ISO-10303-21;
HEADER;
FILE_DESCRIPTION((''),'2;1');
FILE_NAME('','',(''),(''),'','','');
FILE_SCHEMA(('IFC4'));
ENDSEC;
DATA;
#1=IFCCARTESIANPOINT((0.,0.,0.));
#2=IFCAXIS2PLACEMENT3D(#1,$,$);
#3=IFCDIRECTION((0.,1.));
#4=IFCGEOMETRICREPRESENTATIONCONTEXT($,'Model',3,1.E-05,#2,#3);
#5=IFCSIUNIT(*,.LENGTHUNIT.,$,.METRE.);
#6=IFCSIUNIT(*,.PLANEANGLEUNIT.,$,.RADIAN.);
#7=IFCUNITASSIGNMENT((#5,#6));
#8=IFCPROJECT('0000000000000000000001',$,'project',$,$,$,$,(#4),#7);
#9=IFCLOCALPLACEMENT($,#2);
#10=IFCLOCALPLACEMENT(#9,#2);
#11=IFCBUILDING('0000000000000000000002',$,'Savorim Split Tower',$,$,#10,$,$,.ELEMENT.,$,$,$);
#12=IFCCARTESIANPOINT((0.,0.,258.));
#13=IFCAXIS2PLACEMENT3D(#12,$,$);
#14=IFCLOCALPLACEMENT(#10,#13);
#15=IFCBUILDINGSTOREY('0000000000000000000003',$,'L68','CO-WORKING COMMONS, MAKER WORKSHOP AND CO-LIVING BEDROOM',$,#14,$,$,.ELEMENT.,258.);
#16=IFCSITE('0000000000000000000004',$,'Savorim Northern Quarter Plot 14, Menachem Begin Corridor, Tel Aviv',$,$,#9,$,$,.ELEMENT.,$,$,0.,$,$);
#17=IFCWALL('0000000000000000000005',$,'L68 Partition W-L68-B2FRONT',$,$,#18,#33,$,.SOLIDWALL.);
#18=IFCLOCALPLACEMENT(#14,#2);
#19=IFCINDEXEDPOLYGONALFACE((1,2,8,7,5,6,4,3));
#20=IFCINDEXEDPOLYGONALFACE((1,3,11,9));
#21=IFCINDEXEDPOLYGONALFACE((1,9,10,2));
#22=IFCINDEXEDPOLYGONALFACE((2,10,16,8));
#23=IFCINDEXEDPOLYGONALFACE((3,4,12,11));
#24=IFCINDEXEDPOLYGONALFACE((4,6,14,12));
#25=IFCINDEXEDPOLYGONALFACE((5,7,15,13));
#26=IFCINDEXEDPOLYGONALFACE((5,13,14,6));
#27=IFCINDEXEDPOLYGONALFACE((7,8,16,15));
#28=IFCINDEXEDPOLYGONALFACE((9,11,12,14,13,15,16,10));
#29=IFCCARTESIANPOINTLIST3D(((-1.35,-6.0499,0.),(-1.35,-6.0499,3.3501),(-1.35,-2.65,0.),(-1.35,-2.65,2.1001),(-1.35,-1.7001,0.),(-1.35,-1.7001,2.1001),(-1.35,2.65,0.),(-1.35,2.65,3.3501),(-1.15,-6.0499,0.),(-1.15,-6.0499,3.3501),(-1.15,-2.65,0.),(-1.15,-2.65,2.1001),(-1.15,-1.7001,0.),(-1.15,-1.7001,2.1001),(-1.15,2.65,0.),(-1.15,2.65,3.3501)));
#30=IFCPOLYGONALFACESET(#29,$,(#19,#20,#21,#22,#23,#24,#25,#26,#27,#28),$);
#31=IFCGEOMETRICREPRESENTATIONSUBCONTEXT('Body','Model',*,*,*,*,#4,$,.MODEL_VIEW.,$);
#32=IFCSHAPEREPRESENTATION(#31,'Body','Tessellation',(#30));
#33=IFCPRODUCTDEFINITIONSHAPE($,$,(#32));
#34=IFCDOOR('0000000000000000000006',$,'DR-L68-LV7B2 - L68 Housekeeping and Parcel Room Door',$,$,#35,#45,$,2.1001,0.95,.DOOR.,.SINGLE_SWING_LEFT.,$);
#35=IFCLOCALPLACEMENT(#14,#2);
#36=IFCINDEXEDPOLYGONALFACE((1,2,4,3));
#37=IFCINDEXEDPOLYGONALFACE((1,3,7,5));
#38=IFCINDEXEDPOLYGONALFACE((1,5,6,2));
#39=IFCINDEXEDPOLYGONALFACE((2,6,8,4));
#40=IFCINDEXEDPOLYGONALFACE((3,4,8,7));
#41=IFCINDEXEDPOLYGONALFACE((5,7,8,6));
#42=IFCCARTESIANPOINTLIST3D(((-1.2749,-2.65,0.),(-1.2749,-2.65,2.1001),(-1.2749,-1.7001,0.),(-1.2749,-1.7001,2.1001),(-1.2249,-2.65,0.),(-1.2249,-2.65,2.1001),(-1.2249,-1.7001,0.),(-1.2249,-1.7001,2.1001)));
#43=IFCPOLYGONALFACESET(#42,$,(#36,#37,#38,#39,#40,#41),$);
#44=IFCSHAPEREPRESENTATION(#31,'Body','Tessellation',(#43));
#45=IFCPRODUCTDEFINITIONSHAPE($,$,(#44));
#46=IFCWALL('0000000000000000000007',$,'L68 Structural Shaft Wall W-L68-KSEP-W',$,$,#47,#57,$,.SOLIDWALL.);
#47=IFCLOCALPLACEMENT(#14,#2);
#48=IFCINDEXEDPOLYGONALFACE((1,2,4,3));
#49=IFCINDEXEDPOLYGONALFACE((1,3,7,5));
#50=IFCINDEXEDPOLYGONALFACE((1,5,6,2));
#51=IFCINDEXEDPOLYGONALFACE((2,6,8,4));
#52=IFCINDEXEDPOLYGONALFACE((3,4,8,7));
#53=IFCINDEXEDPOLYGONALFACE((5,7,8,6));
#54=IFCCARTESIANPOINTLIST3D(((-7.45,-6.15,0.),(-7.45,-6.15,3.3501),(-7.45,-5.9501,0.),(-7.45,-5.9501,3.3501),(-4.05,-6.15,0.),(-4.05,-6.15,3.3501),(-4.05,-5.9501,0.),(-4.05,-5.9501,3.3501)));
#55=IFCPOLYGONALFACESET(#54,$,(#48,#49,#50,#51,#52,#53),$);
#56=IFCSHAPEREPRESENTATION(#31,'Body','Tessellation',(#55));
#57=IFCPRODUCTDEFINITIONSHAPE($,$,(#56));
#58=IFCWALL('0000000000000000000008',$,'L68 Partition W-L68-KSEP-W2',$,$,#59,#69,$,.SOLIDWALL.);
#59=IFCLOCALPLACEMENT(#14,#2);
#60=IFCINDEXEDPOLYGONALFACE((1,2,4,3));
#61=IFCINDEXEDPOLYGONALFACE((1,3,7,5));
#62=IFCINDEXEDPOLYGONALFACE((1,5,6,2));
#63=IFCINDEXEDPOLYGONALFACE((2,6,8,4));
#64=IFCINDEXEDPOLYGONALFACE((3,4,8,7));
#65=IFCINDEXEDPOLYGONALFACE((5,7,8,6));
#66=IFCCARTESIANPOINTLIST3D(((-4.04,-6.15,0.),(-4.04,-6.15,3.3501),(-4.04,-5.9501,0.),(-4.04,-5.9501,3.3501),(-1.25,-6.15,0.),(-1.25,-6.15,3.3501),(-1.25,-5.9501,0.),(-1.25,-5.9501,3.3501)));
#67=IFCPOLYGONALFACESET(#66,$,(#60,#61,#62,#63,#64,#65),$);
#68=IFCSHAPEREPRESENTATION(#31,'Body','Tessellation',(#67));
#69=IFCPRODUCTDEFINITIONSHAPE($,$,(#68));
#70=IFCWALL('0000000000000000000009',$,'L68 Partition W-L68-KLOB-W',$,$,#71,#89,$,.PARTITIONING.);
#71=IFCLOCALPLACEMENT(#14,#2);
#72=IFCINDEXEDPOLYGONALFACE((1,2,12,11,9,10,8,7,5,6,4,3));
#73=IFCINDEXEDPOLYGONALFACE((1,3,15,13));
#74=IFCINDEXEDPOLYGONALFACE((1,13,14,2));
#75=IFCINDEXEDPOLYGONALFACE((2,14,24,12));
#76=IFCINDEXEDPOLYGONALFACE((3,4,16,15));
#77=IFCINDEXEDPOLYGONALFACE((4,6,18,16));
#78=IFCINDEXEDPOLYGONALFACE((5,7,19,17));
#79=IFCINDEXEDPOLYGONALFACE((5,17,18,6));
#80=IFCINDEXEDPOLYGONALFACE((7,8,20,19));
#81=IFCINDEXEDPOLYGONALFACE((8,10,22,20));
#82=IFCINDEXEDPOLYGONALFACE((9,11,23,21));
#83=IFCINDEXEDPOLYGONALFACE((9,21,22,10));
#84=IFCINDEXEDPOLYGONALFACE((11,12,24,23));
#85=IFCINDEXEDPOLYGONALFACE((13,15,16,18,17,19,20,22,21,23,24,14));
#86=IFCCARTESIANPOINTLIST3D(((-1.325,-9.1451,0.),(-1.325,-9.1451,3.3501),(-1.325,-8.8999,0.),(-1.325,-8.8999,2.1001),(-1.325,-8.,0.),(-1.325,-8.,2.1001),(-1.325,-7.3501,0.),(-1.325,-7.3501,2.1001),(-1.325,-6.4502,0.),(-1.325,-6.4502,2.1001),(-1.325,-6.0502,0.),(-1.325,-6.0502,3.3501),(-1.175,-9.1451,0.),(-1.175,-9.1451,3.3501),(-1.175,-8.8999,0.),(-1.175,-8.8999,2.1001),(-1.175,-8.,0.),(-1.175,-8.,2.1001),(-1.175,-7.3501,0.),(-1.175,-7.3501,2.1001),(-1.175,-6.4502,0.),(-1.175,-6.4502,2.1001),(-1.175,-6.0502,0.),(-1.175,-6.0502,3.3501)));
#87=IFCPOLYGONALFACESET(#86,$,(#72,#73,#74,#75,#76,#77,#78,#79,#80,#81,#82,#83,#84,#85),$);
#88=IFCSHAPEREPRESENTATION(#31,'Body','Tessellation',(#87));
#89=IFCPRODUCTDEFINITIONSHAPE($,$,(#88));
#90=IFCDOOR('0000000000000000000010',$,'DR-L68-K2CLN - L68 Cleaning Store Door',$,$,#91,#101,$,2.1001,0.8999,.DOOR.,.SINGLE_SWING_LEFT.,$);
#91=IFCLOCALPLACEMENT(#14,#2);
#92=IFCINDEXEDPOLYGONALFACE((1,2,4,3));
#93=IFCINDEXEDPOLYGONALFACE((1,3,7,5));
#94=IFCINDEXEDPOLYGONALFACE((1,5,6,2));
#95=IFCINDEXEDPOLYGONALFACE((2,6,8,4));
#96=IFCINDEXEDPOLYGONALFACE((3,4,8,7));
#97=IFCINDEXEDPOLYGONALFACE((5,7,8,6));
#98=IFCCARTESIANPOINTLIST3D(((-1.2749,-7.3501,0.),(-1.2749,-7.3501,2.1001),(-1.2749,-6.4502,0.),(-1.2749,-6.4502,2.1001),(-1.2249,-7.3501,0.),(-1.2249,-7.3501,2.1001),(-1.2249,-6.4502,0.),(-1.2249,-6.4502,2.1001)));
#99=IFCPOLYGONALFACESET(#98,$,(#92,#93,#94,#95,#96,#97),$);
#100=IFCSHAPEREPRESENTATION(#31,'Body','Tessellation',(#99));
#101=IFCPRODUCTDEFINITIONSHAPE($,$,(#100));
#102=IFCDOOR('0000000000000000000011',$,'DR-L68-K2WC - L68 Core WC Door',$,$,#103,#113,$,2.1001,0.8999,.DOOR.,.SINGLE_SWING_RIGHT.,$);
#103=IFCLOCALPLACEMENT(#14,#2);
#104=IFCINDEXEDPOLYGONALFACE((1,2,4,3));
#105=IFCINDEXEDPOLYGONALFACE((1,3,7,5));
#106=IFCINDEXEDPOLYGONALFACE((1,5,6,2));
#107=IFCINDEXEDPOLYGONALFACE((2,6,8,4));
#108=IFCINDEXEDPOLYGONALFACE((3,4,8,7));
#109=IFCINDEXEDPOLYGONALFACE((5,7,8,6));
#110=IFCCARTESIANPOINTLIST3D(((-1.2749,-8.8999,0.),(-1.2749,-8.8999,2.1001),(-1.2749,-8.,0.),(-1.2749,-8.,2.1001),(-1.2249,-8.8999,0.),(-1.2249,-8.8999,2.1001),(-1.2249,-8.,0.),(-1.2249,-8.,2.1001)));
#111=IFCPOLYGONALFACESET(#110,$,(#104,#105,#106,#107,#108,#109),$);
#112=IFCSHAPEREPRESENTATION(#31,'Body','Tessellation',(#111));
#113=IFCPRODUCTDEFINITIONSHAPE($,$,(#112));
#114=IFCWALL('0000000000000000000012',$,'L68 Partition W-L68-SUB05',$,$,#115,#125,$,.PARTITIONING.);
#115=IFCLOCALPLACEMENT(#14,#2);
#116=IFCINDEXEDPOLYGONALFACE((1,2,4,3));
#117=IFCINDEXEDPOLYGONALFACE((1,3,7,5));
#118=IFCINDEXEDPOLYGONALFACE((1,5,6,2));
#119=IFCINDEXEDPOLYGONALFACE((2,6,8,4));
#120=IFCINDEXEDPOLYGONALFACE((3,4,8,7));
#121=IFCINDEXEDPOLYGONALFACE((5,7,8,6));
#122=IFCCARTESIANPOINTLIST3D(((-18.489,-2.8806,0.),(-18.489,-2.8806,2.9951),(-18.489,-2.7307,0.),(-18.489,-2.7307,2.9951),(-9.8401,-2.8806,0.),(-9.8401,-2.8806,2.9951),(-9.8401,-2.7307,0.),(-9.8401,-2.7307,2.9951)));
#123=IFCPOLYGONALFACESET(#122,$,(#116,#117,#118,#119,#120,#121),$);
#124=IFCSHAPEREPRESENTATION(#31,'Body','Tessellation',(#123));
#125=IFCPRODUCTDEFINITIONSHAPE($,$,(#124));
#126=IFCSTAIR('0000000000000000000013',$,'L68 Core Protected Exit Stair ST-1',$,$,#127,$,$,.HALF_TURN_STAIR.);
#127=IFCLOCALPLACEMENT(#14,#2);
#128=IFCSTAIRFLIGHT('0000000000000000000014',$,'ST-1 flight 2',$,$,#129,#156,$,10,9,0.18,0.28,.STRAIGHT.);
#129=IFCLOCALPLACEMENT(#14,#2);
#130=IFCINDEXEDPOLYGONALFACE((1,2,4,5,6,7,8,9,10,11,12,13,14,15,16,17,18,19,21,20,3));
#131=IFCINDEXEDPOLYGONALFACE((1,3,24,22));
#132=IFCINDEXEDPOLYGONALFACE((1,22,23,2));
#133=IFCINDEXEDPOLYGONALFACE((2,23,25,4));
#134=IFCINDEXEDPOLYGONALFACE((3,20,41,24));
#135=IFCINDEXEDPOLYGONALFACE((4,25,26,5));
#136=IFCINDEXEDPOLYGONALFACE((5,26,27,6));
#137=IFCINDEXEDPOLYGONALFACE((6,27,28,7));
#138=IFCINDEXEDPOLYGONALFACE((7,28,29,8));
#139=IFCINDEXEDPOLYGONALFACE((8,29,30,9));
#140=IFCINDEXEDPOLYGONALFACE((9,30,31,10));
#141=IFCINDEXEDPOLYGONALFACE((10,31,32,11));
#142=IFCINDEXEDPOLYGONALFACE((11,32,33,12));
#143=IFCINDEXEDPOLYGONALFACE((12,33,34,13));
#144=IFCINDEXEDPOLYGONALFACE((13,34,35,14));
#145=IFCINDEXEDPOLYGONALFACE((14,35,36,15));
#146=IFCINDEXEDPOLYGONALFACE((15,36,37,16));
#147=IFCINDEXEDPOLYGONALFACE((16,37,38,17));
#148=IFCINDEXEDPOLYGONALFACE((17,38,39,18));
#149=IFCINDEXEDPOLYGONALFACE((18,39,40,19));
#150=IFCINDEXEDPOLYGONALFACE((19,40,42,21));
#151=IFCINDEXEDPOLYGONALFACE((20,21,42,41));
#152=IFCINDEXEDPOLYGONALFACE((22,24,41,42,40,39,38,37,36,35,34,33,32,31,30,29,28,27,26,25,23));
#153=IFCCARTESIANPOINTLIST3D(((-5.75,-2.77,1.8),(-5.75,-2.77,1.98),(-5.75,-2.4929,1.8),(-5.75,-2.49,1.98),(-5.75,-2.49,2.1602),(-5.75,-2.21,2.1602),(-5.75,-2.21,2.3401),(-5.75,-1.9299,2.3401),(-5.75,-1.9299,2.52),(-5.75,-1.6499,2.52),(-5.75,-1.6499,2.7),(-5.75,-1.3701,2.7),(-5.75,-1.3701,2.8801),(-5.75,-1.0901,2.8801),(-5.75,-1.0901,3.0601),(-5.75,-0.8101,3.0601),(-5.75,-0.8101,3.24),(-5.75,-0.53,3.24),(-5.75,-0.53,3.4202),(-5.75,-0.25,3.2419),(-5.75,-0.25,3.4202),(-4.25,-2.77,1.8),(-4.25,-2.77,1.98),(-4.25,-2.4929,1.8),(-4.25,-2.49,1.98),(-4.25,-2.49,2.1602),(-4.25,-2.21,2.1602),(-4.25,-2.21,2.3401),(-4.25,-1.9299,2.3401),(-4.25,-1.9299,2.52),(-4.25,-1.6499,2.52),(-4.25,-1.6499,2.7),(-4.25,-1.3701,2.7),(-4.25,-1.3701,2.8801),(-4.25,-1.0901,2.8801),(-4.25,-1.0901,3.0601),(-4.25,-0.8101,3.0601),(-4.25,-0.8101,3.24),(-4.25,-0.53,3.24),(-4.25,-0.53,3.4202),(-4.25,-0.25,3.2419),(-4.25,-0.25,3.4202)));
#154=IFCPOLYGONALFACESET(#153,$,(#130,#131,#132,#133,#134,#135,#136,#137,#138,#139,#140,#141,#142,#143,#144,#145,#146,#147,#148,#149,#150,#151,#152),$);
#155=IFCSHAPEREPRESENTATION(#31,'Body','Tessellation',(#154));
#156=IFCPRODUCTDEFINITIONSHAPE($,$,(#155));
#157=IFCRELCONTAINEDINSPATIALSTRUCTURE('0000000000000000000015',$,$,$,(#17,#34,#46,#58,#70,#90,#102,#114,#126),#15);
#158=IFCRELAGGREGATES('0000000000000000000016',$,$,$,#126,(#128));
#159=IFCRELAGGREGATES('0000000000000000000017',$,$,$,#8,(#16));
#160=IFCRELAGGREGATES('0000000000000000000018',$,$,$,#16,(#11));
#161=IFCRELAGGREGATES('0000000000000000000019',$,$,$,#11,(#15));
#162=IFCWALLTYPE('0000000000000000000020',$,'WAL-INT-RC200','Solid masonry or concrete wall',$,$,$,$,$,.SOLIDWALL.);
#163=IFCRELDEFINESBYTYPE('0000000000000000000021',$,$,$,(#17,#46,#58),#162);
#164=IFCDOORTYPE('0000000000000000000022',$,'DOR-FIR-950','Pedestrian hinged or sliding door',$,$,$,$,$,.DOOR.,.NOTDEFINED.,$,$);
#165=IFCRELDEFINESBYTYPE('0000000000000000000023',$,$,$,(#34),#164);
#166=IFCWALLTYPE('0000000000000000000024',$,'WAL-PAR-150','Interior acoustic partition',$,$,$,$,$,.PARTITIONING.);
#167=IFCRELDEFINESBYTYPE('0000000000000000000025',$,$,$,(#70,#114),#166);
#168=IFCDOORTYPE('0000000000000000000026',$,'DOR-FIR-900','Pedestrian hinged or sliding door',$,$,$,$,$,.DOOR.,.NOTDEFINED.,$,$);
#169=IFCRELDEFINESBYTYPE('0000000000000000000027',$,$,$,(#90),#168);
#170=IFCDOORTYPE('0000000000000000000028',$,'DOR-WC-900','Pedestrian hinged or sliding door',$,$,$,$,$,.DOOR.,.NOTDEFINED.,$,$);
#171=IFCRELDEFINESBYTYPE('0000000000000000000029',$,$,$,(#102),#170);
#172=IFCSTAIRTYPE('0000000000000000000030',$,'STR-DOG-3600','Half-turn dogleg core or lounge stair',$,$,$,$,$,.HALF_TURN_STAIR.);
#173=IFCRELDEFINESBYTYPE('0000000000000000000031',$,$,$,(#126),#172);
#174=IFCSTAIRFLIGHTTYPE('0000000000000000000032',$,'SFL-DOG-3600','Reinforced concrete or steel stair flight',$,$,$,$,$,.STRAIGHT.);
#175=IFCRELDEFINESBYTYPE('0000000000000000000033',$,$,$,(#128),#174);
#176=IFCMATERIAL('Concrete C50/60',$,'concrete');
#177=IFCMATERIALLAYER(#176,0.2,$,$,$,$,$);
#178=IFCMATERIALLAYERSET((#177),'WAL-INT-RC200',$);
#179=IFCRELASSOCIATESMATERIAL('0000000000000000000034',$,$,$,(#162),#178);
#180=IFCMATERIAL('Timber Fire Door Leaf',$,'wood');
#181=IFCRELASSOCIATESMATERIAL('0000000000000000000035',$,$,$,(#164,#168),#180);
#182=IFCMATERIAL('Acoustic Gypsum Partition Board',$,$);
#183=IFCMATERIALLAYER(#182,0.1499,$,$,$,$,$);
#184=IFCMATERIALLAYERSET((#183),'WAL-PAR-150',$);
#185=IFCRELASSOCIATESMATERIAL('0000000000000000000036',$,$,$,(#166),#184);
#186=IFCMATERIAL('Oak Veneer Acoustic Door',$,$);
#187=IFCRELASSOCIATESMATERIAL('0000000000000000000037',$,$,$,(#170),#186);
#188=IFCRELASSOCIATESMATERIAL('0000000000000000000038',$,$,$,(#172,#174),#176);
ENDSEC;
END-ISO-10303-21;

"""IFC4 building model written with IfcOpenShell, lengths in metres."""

from ifc_helpers import new_model, si_unit, direction, frame, frame_2d, origin, place, context, subcontext, project, spatial, polyline, rectangle, outline, extrude, material, layer, layer_set, type_object, element, fill, aggregate, save


model = new_model("IFC4")

# Units and contexts
model_context = context("Model", 3, precision=1e-05, world=origin(), true_north=direction((0.0, 1.0)))
body_context = subcontext(model_context, "Body", "Model", "MODEL_VIEW")
ifc_project = project(units=[si_unit("LENGTHUNIT", "METRE"), si_unit("PLANEANGLEUNIT", "RADIAN")], contexts=[model_context])

# Site, building, storey
site_placement = place(None, origin())
site = spatial("IfcSite", under=ifc_project, at=site_placement, Name="Savorim Northern Quarter Plot 14, Menachem Begin Corridor, Tel Aviv", CompositionType="ELEMENT", RefElevation=0.0)
building_placement = place(site_placement, origin())
building = spatial("IfcBuilding", under=site, at=building_placement, Name="Savorim Split Tower", CompositionType="ELEMENT")
storey_placement = place(building_placement, frame((0.0, 0.0, 258.0)))
storey = spatial("IfcBuildingStorey", under=building, at=storey_placement, Name="L68", Description="CO-WORKING COMMONS, MAKER WORKSHOP AND CO-LIVING BEDROOM", CompositionType="ELEMENT", Elevation=258.0)

# Shared definitions
ifc_material_1 = material(Name="Timber Fire Door Leaf", Category="wood")

# Shared definitions
ifc_material_2 = material(Name="Concrete C50/60", Category="concrete")
ifc_layer_1 = layer(ifc_material_2, 0.2)
ifc_layer_set_1 = layer_set([ifc_layer_1], Name="WAL-INT-RC200")
wall_type_1 = type_object("IfcWallType", Name="WAL-INT-RC200", Description="Solid masonry or concrete wall", PredefinedType="SOLIDWALL", material=ifc_layer_set_1)

# Wall, opening, door
wall_1_placement = place(storey_placement, frame((-1.25, -6.05, 0.0), z_axis=(0.0, 0.0, 1.0), x_axis=(0.0, 1.0, 0.0)))
wall_1 = element("IfcWall", 1, at=wall_1_placement, inside=storey, type_object=wall_type_1, Name="L68 Partition W-L68-B2FRONT", PredefinedType="SOLIDWALL", context=body_context, shape_type="SweptSolid", body=[
    extrude(rectangle(XDim=8.7, YDim=0.2, at=frame_2d((4.3501, 0.0))), origin(), (0.0, 0.0, 1.0), 3.3501),
])
opening_1_placement = place(wall_1_placement, frame((3.3999, 0.0, 0.0)))
opening_1 = element("IfcOpeningElement", 2, at=opening_1_placement, cuts=wall_1, PredefinedType="OPENING", context=body_context, shape_type="SweptSolid", body=[
    extrude(rectangle(XDim=0.95, YDim=2.1001, at=frame_2d((0.4751, 1.05))), frame((0.0, 0.1099, 0.0), z_axis=(0.0, -1.0, 0.0), x_axis=(1.0, 0.0, 0.0)), (0.0, 0.0, 1.0), 0.22),
])
door_type_1 = type_object("IfcDoorType", Name="DOR-FIR-950", Description="Pedestrian hinged or sliding door", OperationType="NOTDEFINED", PredefinedType="DOOR", material=ifc_material_1)
door_1_placement = place(opening_1_placement, origin())
door_1 = element("IfcDoor", 3, at=door_1_placement, inside=storey, type_object=door_type_1, Name="DR-L68-LV7B2 - L68 Housekeeping and Parcel Room Door", OperationType="SINGLE_SWING_LEFT", OverallHeight=2.1001, OverallWidth=0.95, PredefinedType="DOOR", context=body_context, shape_type="SweptSolid", body=[
    extrude(rectangle(XDim=0.95, YDim=2.1001, at=frame_2d((0.4751, 1.05))), frame((0.0, 0.0249, 0.0), z_axis=(0.0, -1.0, 0.0), x_axis=(1.0, 0.0, 0.0)), (0.0, 0.0, 1.0), 0.05),
])
fill(opening_1, door_1)

# Walls
wall_2_placement = place(storey_placement, frame((-7.45, -6.05, 0.0), z_axis=(0.0, 0.0, 1.0), x_axis=(1.0, 0.0, 0.0)))
element("IfcWall", 4, at=wall_2_placement, inside=storey, type_object=wall_type_1, Name="L68 Structural Shaft Wall W-L68-KSEP-W", PredefinedType="SOLIDWALL", context=body_context, shape_type="SweptSolid", body=[
    extrude(rectangle(XDim=3.3999, YDim=0.2, at=frame_2d((1.7, 0.0))), origin(), (0.0, 0.0, 1.0), 3.3501),
])
wall_3_placement = place(storey_placement, frame((-4.04, -6.05, 0.0), z_axis=(0.0, 0.0, 1.0), x_axis=(1.0, 0.0, 0.0)))
element("IfcWall", 5, at=wall_3_placement, inside=storey, type_object=wall_type_1, Name="L68 Partition W-L68-KSEP-W2", PredefinedType="SOLIDWALL", context=body_context, shape_type="SweptSolid", body=[
    extrude(rectangle(XDim=2.79, YDim=0.2, at=frame_2d((1.395, 0.0))), origin(), (0.0, 0.0, 1.0), 3.3501),
])

# Wall, openings, doors
ifc_material_3 = material(Name="Acoustic Gypsum Partition Board")
ifc_layer_2 = layer(ifc_material_3, 0.1499)
ifc_layer_set_2 = layer_set([ifc_layer_2], Name="WAL-PAR-150")
wall_type_2 = type_object("IfcWallType", Name="WAL-PAR-150", Description="Interior acoustic partition", PredefinedType="PARTITIONING", material=ifc_layer_set_2)
wall_4_placement = place(storey_placement, frame((-1.25, -9.145, 0.0), z_axis=(0.0, 0.0, 1.0), x_axis=(0.0, 1.0, 0.0)))
wall_4 = element("IfcWall", 6, at=wall_4_placement, inside=storey, type_object=wall_type_2, Name="L68 Partition W-L68-KLOB-W", PredefinedType="PARTITIONING", context=body_context, shape_type="SweptSolid", body=[
    extrude(rectangle(XDim=3.095, YDim=0.1499, at=frame_2d((1.5474, 0.0))), origin(), (0.0, 0.0, 1.0), 3.3501),
])
opening_2_placement = place(wall_4_placement, frame((1.7949, 0.0, 0.0)))
opening_2 = element("IfcOpeningElement", 7, at=opening_2_placement, cuts=wall_4, PredefinedType="OPENING", context=body_context, shape_type="SweptSolid", body=[
    extrude(rectangle(XDim=0.8999, YDim=2.1001, at=frame_2d((0.45, 1.05))), frame((0.0, 0.085, 0.0), z_axis=(0.0, -1.0, 0.0), x_axis=(1.0, 0.0, 0.0)), (0.0, 0.0, 1.0), 0.1699),
])
opening_3_placement = place(wall_4_placement, frame((0.2451, 0.0, 0.0)))
opening_3 = element("IfcOpeningElement", 8, at=opening_3_placement, cuts=wall_4, PredefinedType="OPENING", context=body_context, shape_type="SweptSolid", body=[
    extrude(rectangle(XDim=0.8999, YDim=2.1001, at=frame_2d((0.45, 1.05))), frame((0.0, 0.085, 0.0), z_axis=(0.0, -1.0, 0.0), x_axis=(1.0, 0.0, 0.0)), (0.0, 0.0, 1.0), 0.1699),
])
door_type_2 = type_object("IfcDoorType", Name="DOR-FIR-900", Description="Pedestrian hinged or sliding door", OperationType="NOTDEFINED", PredefinedType="DOOR", material=ifc_material_1)
door_2_placement = place(opening_2_placement, origin())
door_2 = element("IfcDoor", 9, at=door_2_placement, inside=storey, type_object=door_type_2, Name="DR-L68-K2CLN - L68 Cleaning Store Door", OperationType="SINGLE_SWING_LEFT", OverallHeight=2.1001, OverallWidth=0.8999, PredefinedType="DOOR", context=body_context, shape_type="SweptSolid", body=[
    extrude(rectangle(XDim=0.8999, YDim=2.1001, at=frame_2d((0.45, 1.05))), frame((0.0, 0.0249, 0.0), z_axis=(0.0, -1.0, 0.0), x_axis=(1.0, 0.0, 0.0)), (0.0, 0.0, 1.0), 0.05),
])
fill(opening_2, door_2)
ifc_material_4 = material(Name="Oak Veneer Acoustic Door")
door_type_3 = type_object("IfcDoorType", Name="DOR-WC-900", Description="Pedestrian hinged or sliding door", OperationType="NOTDEFINED", PredefinedType="DOOR", material=ifc_material_4)
door_3_placement = place(opening_3_placement, origin())
door_3 = element("IfcDoor", 10, at=door_3_placement, inside=storey, type_object=door_type_3, Name="DR-L68-K2WC - L68 Core WC Door", OperationType="SINGLE_SWING_RIGHT", OverallHeight=2.1001, OverallWidth=0.8999, PredefinedType="DOOR", context=body_context, shape_type="SweptSolid", body=[
    extrude(rectangle(XDim=0.8999, YDim=2.1001, at=frame_2d((0.45, 1.05))), frame((0.0, 0.0249, 0.0), z_axis=(0.0, -1.0, 0.0), x_axis=(1.0, 0.0, 0.0)), (0.0, 0.0, 1.0), 0.05),
])
fill(opening_3, door_3)

# Wall
wall_5_placement = place(storey_placement, frame((-9.8401, -2.8057, 0.0), z_axis=(0.0, 0.0, 1.0), x_axis=(-1.0, 0.0, 0.0)))
element("IfcWall", 11, at=wall_5_placement, inside=storey, type_object=wall_type_2, Name="L68 Partition W-L68-SUB05", PredefinedType="PARTITIONING", context=body_context, shape_type="SweptSolid", body=[
    extrude(rectangle(XDim=8.6489, YDim=0.1499, at=frame_2d((4.3245, 0.0))), origin(), (0.0, 0.0, 1.0), 2.9951),
])

# Stair, stair flight
stair_type = type_object("IfcStairType", Name="STR-DOG-3600", Description="Half-turn dogleg core or lounge stair", PredefinedType="HALF_TURN_STAIR", material=ifc_material_2)
stair_placement = place(storey_placement, origin())
stair = element("IfcStair", 12, at=stair_placement, inside=storey, type_object=stair_type, Name="L68 Core Protected Exit Stair ST-1", PredefinedType="HALF_TURN_STAIR")
stair_flight_type = type_object("IfcStairFlightType", Name="SFL-DOG-3600", Description="Reinforced concrete or steel stair flight", PredefinedType="STRAIGHT", material=ifc_material_2)
stair_flight_placement = place(storey_placement, frame((-5.0, -2.77, 1.8), z_axis=(0.0, 0.0, 1.0), x_axis=(0.0, 1.0, 0.0)))
stair_flight = element("IfcStairFlight", 13, at=stair_flight_placement, type_object=stair_flight_type, Name="ST-1 flight 2", NumberOfRisers=10, NumberOfTreads=9, PredefinedType="STRAIGHT", RiserHeight=0.18, TreadLength=0.28, context=body_context, shape_type="SweptSolid", body=[
    extrude(outline(polyline([(0.0, 0.0), (0.0, 0.1799), (0.28, 0.1799), (0.28, 0.3601), (0.5601, 0.3601), (0.5601, 0.54), (0.8401, 0.54), (0.8401, 0.72), (1.1201, 0.72), (1.1201, 0.8999), (1.3999, 0.8999), (1.3999, 1.0801), (1.6799, 1.0801), (1.6799, 1.26), (1.96, 1.26), (1.96, 1.4399), (2.24, 1.4399), (2.24, 1.6201), (2.52, 1.6201), (2.52, 1.8), (2.52, 1.4419), (0.2771, 0.0), (0.0, 0.0)])), frame((0.0, 0.75, 0.0), z_axis=(0.0, -1.0, 0.0), x_axis=(1.0, 0.0, 0.0)), (0.0, 0.0, 1.0), 1.5),
])
aggregate(stair, [stair_flight])

save(model, "model.ifc")
